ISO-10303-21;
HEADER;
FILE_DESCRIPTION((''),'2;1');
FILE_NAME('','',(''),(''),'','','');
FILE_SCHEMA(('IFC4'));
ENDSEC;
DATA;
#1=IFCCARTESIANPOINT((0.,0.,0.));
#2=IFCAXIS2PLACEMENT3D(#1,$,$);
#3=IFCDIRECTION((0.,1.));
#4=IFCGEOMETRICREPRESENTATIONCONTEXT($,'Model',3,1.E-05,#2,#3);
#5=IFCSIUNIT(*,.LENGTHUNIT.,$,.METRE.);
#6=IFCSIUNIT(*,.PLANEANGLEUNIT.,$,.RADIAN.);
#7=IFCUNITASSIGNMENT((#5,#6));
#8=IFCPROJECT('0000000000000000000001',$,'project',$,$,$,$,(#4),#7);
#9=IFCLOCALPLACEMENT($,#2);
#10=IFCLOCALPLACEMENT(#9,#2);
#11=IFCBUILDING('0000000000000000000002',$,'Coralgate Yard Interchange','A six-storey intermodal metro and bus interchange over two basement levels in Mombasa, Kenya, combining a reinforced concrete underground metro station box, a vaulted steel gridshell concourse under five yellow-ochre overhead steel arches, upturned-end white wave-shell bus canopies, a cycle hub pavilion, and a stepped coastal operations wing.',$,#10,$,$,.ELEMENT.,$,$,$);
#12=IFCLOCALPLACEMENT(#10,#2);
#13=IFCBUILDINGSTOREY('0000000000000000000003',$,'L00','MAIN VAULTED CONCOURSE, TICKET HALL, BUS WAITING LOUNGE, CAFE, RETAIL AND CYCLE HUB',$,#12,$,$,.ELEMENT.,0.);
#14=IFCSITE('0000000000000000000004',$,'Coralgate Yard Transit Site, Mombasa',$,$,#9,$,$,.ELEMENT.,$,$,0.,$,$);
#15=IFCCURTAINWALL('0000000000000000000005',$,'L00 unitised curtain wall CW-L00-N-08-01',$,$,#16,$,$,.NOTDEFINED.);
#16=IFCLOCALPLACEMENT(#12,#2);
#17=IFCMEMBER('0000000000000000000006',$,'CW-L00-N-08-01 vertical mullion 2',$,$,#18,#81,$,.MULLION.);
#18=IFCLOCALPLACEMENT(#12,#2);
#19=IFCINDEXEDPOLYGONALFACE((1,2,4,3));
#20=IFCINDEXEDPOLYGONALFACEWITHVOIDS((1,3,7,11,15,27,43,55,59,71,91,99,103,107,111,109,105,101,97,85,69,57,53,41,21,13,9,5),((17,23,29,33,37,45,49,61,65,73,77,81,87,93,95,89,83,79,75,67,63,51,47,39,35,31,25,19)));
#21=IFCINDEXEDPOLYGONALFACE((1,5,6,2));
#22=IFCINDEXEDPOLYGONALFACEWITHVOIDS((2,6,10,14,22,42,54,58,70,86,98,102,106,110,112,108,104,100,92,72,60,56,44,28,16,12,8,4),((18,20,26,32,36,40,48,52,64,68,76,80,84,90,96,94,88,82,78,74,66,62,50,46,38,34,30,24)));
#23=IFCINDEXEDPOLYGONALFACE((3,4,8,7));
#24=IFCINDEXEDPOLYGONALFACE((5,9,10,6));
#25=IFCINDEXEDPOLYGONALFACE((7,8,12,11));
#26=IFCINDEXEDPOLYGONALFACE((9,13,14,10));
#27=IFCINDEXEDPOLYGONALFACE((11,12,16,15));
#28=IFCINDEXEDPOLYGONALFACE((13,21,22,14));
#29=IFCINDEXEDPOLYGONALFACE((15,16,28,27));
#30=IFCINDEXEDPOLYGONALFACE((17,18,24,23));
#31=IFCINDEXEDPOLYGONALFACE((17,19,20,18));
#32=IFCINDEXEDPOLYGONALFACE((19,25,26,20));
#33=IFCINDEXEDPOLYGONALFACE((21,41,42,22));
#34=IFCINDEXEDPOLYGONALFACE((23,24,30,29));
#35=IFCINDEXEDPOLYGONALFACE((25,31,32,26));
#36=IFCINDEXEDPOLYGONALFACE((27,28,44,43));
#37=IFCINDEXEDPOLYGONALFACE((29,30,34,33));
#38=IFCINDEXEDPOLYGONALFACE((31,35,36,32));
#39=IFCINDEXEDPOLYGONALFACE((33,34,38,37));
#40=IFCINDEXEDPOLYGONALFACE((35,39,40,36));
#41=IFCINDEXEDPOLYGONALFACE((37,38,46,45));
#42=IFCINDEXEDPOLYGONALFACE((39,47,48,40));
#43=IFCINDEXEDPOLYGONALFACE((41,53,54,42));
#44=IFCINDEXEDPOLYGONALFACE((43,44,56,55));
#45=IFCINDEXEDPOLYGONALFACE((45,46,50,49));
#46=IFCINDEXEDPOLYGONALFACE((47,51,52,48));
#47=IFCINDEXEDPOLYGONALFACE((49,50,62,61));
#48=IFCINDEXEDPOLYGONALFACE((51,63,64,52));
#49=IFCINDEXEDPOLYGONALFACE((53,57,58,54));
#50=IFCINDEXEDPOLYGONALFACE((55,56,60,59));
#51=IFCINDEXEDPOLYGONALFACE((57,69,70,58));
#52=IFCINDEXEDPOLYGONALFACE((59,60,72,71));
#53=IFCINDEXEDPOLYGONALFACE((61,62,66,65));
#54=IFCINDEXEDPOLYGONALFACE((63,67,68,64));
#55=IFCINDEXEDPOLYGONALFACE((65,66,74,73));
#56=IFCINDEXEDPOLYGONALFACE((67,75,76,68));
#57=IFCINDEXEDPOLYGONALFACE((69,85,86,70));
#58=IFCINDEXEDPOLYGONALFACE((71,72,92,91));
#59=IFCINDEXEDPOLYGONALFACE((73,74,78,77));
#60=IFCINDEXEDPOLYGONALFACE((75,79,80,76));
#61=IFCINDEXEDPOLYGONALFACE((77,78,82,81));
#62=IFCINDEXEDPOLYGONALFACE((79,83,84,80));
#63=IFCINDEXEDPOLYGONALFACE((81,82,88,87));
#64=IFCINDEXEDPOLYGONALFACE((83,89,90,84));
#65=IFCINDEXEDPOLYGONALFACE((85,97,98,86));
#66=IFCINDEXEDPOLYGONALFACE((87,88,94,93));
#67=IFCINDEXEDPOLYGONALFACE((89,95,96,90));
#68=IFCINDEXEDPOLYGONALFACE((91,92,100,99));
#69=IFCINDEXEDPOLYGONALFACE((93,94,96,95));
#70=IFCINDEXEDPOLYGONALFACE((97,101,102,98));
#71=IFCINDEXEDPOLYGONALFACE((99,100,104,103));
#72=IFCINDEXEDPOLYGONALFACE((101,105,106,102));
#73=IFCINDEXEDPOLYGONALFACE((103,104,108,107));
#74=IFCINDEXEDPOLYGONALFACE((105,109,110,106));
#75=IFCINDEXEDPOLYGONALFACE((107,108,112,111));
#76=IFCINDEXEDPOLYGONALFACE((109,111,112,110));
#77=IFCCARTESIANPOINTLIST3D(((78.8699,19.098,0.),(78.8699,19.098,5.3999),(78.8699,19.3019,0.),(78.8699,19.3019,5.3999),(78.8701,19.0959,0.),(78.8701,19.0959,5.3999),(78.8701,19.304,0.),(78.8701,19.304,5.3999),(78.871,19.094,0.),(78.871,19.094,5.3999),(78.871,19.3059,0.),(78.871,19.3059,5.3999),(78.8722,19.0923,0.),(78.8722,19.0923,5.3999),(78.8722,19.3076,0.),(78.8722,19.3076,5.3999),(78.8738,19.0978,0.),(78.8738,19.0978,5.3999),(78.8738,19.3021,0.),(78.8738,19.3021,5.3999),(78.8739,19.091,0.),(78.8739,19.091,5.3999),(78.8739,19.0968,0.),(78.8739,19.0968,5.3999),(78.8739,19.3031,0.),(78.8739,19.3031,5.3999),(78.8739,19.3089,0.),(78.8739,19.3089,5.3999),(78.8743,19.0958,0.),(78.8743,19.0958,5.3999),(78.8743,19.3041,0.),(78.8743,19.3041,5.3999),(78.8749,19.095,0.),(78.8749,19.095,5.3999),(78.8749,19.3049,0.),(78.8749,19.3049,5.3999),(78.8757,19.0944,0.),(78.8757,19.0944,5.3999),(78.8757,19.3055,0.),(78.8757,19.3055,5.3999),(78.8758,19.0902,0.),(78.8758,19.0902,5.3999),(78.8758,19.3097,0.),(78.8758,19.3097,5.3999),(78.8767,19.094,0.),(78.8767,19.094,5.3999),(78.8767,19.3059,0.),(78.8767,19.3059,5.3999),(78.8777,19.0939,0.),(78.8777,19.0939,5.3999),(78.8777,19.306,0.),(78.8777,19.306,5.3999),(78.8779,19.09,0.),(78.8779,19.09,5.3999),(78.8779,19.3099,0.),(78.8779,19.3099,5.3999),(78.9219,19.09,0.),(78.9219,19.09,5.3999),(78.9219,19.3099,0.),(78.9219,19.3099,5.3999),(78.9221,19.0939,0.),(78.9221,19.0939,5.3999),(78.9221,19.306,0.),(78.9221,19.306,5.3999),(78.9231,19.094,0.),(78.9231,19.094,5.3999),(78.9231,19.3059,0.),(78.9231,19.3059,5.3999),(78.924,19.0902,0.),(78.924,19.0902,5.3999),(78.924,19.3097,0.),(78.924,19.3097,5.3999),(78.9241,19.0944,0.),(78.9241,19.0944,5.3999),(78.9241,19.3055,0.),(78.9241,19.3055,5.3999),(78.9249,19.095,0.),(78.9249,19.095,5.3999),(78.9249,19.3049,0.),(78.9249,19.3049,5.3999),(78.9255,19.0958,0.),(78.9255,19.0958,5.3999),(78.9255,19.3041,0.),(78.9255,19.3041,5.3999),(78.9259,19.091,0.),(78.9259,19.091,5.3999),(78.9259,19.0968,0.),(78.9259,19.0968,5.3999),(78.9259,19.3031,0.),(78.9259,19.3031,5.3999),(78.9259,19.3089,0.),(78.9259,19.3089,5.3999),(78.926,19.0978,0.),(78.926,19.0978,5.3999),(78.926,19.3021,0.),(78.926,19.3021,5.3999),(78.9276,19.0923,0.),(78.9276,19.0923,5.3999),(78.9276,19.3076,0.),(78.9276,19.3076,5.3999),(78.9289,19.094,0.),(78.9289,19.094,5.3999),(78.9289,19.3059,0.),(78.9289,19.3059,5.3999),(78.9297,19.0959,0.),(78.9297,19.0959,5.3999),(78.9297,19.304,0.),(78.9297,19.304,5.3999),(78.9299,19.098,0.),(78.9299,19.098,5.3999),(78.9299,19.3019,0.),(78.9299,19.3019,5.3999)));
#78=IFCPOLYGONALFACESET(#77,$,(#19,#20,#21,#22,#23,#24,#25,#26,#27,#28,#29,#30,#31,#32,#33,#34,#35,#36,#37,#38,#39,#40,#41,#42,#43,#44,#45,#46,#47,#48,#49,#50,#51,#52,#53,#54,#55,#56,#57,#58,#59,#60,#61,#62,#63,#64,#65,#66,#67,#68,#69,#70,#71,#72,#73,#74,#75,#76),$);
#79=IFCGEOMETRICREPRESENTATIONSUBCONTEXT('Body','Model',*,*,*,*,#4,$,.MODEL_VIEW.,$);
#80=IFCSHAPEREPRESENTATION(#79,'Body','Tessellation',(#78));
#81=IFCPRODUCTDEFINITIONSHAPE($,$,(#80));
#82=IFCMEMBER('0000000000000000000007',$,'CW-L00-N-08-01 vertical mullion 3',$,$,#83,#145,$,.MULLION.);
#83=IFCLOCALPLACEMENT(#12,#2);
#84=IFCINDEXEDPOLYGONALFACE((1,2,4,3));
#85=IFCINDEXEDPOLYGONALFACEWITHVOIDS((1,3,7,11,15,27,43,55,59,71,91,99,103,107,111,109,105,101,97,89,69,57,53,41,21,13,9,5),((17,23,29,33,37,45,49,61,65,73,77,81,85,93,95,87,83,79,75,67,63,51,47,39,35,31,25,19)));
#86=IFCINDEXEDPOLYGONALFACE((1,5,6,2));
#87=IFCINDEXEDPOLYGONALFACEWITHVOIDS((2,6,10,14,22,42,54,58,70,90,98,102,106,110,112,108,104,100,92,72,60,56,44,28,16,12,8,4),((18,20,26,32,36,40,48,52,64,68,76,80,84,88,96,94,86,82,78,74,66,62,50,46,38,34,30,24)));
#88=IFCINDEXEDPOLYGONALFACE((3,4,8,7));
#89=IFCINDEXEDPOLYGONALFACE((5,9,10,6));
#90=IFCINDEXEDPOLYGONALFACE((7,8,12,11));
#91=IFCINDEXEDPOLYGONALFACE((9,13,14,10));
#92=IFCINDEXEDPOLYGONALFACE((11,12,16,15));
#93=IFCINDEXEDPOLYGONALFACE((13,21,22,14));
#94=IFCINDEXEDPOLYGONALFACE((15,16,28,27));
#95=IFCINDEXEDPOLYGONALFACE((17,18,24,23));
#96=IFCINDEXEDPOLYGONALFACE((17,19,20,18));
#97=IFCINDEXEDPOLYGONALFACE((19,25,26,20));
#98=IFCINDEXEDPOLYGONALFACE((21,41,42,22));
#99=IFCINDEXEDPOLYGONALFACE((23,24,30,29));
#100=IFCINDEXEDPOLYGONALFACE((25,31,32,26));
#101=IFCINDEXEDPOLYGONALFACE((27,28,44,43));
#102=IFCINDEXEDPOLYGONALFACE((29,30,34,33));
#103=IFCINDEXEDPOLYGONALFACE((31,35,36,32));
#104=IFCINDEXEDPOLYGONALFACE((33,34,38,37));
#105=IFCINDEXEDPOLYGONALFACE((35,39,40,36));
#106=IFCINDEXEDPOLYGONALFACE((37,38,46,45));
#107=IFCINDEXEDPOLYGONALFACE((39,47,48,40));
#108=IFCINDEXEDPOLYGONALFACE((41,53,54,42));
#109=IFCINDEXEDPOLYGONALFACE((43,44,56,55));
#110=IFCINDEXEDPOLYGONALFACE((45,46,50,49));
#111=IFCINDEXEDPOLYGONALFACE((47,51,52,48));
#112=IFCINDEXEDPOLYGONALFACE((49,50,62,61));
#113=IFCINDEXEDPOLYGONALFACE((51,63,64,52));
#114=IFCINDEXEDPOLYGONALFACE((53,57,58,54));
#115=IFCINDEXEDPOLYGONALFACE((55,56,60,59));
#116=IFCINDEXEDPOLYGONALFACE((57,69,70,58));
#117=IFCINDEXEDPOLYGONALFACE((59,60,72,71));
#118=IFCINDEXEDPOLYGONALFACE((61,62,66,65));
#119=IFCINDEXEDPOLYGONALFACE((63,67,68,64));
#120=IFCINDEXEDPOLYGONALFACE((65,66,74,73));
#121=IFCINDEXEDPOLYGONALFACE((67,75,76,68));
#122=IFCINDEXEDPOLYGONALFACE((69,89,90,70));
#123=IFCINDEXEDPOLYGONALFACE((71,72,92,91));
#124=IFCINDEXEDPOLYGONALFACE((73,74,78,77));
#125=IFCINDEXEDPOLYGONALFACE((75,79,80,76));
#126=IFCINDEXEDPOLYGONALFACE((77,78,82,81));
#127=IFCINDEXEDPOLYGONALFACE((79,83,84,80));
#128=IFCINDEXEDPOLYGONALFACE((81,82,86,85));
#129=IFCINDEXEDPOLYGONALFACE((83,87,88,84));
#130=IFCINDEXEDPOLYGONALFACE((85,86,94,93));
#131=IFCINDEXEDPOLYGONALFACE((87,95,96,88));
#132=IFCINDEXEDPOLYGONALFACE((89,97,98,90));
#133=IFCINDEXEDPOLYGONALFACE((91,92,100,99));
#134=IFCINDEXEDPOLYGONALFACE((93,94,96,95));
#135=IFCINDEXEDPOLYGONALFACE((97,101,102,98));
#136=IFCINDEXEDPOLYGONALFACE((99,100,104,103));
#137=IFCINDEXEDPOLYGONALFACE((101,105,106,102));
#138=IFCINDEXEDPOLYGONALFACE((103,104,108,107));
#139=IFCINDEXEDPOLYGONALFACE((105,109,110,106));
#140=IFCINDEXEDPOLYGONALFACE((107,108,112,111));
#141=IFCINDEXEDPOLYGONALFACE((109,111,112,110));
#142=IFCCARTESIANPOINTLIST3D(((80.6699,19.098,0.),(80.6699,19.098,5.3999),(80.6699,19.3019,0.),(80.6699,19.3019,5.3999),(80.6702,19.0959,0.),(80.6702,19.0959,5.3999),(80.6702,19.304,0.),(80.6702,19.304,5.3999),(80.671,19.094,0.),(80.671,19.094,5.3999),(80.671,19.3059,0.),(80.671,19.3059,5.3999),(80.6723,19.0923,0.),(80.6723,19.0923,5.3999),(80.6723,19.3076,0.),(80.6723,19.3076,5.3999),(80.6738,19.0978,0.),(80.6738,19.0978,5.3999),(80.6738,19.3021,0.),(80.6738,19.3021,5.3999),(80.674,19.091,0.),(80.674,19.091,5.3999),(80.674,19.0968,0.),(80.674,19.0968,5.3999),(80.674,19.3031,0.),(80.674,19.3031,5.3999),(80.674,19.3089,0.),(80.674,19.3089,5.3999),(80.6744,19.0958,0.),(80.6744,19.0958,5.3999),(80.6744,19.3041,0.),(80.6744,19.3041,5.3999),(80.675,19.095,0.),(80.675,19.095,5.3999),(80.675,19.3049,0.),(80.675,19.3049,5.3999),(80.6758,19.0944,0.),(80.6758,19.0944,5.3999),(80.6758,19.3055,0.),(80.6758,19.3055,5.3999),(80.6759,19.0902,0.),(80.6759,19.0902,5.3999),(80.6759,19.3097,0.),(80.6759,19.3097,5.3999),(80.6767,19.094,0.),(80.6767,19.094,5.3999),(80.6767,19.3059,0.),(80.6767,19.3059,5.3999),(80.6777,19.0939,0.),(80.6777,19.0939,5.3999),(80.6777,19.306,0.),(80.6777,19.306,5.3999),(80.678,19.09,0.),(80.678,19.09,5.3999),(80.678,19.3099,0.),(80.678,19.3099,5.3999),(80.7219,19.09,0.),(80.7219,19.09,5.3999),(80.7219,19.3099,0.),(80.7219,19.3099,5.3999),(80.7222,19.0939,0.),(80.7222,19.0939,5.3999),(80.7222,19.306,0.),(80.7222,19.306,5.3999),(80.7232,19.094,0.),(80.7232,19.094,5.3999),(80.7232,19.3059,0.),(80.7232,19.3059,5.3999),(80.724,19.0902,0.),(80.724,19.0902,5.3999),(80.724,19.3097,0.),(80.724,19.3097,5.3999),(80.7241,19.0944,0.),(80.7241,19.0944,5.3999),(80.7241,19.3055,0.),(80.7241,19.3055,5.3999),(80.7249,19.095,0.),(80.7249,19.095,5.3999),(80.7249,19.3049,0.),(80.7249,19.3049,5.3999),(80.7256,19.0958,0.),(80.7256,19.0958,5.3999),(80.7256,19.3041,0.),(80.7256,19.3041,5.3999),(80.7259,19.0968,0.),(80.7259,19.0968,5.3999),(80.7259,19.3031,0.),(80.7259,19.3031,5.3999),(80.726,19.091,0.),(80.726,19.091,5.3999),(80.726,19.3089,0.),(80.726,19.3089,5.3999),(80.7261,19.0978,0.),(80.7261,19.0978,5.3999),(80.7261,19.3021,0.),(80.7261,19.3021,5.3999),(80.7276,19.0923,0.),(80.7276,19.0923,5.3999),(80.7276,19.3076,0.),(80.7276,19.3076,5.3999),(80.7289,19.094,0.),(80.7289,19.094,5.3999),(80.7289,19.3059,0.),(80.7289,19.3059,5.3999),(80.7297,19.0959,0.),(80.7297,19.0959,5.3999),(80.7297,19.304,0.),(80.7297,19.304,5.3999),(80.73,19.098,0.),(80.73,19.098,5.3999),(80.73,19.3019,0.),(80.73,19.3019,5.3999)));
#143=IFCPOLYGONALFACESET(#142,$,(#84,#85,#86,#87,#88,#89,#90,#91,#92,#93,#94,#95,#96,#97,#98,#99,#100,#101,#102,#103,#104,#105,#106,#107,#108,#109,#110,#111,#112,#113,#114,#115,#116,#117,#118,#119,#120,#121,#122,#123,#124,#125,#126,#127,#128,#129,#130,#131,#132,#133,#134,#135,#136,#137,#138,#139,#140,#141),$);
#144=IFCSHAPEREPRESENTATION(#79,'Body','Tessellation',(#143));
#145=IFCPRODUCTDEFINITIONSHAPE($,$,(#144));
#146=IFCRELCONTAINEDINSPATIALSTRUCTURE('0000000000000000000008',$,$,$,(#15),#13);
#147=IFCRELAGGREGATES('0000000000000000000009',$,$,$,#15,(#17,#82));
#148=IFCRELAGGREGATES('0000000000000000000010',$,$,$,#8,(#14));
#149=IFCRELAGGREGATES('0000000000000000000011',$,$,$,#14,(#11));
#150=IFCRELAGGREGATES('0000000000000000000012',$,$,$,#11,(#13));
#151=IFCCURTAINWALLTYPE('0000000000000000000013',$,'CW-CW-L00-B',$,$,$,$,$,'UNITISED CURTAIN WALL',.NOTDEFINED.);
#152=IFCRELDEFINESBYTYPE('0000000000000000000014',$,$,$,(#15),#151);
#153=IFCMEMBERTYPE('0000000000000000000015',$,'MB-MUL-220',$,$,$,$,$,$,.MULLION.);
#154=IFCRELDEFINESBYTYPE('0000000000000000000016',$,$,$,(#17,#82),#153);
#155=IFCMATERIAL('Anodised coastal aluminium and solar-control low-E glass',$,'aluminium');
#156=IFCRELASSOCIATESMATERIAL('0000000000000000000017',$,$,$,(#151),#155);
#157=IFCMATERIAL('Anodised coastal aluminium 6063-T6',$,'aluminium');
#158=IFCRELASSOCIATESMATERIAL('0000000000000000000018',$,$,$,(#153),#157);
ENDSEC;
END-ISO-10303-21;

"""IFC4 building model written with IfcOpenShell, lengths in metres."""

from ifc_helpers import new_model, si_unit, direction, frame, origin, origin_2d, place, context, subcontext, project, spatial, hollow_rectangle, extrude, material, material_profile, profile_set, type_object, element, aggregate, save


model = new_model("IFC4")

# Units and contexts
model_context = context("Model", 3, precision=1e-05, world=origin(), true_north=direction((0.0, 1.0)))
body_context = subcontext(model_context, "Body", "Model", "MODEL_VIEW")
ifc_project = project(units=[si_unit("LENGTHUNIT", "METRE"), si_unit("PLANEANGLEUNIT", "RADIAN")], contexts=[model_context])

# Site, building, storey
site_placement = place(None, origin())
site = spatial("IfcSite", under=ifc_project, at=site_placement, Name="Coralgate Yard Transit Site, Mombasa", CompositionType="ELEMENT", RefElevation=0.0)
building_placement = place(site_placement, origin())
building = spatial("IfcBuilding", under=site, at=building_placement, Name="Coralgate Yard Interchange", Description="A six-storey intermodal metro and bus interchange over two basement levels in Mombasa, Kenya, combining a reinforced concrete underground metro station box, a vaulted steel gridshell concourse under five yellow-ochre overhead steel arches, upturned-end white wave-shell bus canopies, a cycle hub pavilion, and a stepped coastal operations wing.", CompositionType="ELEMENT")
storey_placement = place(building_placement, origin())
storey = spatial("IfcBuildingStorey", under=building, at=storey_placement, Name="L00", Description="MAIN VAULTED CONCOURSE, TICKET HALL, BUS WAITING LOUNGE, CAFE, RETAIL AND CYCLE HUB", CompositionType="ELEMENT", Elevation=0.0)

# Curtain wall, members
ifc_material_1 = material(Name="Anodised coastal aluminium and solar-control low-E glass", Category="aluminium")
curtain_wall_type = type_object("IfcCurtainWallType", Name="CW-CW-L00-B", ElementType="UNITISED CURTAIN WALL", PredefinedType="NOTDEFINED", material=ifc_material_1)
curtain_wall_placement = place(storey_placement, origin())
curtain_wall = element("IfcCurtainWall", 1, at=curtain_wall_placement, inside=storey, type_object=curtain_wall_type, Name="L00 unitised curtain wall CW-L00-N-08-01", PredefinedType="NOTDEFINED")
ifc_material_2 = material(Name="Anodised coastal aluminium 6063-T6", Category="aluminium")
ifc_material_profile_1 = material_profile(ifc_material_2, hollow_rectangle(XDim=0.0601, YDim=0.22, WallThickness=0.0039, InnerFilletRadius=0.0039, OuterFilletRadius=0.0081, at=origin_2d()), Name="ALU 60x220x4")
ifc_profile_set_1 = profile_set([ifc_material_profile_1], Name="Anodised coastal aluminium 6063-T6")
member_type_1 = type_object("IfcMemberType", Name="MB-MUL-220", PredefinedType="MULLION", material=ifc_profile_set_1)
member_1_placement = place(storey_placement, frame((78.8999, 19.2, 0.0), z_axis=(0.0, 0.0, 1.0), x_axis=(1.0, 0.0, 0.0)))
member_1 = element("IfcMember", 2, at=member_1_placement, type_object=member_type_1, Name="CW-L00-N-08-01 vertical mullion 2", PredefinedType="MULLION", context=body_context, shape_type="SweptSolid", body=[
    extrude(hollow_rectangle(XDim=0.0601, YDim=0.22, WallThickness=0.0039, InnerFilletRadius=0.0039, OuterFilletRadius=0.0081, at=origin_2d()), origin(), (0.0, 0.0, 1.0), 5.3999),
])
member_2_placement = place(storey_placement, frame((80.7, 19.2, 0.0), z_axis=(0.0, 0.0, 1.0), x_axis=(1.0, 0.0, 0.0)))
member_2 = element("IfcMember", 3, at=member_2_placement, type_object=member_type_1, Name="CW-L00-N-08-01 vertical mullion 3", PredefinedType="MULLION", context=body_context, shape_type="SweptSolid", body=[
    extrude(hollow_rectangle(XDim=0.0601, YDim=0.22, WallThickness=0.0039, InnerFilletRadius=0.0039, OuterFilletRadius=0.0081, at=origin_2d()), origin(), (0.0, 0.0, 1.0), 5.3999),
])
aggregate(curtain_wall, [member_1, member_2])

save(model, "model.ifc")
